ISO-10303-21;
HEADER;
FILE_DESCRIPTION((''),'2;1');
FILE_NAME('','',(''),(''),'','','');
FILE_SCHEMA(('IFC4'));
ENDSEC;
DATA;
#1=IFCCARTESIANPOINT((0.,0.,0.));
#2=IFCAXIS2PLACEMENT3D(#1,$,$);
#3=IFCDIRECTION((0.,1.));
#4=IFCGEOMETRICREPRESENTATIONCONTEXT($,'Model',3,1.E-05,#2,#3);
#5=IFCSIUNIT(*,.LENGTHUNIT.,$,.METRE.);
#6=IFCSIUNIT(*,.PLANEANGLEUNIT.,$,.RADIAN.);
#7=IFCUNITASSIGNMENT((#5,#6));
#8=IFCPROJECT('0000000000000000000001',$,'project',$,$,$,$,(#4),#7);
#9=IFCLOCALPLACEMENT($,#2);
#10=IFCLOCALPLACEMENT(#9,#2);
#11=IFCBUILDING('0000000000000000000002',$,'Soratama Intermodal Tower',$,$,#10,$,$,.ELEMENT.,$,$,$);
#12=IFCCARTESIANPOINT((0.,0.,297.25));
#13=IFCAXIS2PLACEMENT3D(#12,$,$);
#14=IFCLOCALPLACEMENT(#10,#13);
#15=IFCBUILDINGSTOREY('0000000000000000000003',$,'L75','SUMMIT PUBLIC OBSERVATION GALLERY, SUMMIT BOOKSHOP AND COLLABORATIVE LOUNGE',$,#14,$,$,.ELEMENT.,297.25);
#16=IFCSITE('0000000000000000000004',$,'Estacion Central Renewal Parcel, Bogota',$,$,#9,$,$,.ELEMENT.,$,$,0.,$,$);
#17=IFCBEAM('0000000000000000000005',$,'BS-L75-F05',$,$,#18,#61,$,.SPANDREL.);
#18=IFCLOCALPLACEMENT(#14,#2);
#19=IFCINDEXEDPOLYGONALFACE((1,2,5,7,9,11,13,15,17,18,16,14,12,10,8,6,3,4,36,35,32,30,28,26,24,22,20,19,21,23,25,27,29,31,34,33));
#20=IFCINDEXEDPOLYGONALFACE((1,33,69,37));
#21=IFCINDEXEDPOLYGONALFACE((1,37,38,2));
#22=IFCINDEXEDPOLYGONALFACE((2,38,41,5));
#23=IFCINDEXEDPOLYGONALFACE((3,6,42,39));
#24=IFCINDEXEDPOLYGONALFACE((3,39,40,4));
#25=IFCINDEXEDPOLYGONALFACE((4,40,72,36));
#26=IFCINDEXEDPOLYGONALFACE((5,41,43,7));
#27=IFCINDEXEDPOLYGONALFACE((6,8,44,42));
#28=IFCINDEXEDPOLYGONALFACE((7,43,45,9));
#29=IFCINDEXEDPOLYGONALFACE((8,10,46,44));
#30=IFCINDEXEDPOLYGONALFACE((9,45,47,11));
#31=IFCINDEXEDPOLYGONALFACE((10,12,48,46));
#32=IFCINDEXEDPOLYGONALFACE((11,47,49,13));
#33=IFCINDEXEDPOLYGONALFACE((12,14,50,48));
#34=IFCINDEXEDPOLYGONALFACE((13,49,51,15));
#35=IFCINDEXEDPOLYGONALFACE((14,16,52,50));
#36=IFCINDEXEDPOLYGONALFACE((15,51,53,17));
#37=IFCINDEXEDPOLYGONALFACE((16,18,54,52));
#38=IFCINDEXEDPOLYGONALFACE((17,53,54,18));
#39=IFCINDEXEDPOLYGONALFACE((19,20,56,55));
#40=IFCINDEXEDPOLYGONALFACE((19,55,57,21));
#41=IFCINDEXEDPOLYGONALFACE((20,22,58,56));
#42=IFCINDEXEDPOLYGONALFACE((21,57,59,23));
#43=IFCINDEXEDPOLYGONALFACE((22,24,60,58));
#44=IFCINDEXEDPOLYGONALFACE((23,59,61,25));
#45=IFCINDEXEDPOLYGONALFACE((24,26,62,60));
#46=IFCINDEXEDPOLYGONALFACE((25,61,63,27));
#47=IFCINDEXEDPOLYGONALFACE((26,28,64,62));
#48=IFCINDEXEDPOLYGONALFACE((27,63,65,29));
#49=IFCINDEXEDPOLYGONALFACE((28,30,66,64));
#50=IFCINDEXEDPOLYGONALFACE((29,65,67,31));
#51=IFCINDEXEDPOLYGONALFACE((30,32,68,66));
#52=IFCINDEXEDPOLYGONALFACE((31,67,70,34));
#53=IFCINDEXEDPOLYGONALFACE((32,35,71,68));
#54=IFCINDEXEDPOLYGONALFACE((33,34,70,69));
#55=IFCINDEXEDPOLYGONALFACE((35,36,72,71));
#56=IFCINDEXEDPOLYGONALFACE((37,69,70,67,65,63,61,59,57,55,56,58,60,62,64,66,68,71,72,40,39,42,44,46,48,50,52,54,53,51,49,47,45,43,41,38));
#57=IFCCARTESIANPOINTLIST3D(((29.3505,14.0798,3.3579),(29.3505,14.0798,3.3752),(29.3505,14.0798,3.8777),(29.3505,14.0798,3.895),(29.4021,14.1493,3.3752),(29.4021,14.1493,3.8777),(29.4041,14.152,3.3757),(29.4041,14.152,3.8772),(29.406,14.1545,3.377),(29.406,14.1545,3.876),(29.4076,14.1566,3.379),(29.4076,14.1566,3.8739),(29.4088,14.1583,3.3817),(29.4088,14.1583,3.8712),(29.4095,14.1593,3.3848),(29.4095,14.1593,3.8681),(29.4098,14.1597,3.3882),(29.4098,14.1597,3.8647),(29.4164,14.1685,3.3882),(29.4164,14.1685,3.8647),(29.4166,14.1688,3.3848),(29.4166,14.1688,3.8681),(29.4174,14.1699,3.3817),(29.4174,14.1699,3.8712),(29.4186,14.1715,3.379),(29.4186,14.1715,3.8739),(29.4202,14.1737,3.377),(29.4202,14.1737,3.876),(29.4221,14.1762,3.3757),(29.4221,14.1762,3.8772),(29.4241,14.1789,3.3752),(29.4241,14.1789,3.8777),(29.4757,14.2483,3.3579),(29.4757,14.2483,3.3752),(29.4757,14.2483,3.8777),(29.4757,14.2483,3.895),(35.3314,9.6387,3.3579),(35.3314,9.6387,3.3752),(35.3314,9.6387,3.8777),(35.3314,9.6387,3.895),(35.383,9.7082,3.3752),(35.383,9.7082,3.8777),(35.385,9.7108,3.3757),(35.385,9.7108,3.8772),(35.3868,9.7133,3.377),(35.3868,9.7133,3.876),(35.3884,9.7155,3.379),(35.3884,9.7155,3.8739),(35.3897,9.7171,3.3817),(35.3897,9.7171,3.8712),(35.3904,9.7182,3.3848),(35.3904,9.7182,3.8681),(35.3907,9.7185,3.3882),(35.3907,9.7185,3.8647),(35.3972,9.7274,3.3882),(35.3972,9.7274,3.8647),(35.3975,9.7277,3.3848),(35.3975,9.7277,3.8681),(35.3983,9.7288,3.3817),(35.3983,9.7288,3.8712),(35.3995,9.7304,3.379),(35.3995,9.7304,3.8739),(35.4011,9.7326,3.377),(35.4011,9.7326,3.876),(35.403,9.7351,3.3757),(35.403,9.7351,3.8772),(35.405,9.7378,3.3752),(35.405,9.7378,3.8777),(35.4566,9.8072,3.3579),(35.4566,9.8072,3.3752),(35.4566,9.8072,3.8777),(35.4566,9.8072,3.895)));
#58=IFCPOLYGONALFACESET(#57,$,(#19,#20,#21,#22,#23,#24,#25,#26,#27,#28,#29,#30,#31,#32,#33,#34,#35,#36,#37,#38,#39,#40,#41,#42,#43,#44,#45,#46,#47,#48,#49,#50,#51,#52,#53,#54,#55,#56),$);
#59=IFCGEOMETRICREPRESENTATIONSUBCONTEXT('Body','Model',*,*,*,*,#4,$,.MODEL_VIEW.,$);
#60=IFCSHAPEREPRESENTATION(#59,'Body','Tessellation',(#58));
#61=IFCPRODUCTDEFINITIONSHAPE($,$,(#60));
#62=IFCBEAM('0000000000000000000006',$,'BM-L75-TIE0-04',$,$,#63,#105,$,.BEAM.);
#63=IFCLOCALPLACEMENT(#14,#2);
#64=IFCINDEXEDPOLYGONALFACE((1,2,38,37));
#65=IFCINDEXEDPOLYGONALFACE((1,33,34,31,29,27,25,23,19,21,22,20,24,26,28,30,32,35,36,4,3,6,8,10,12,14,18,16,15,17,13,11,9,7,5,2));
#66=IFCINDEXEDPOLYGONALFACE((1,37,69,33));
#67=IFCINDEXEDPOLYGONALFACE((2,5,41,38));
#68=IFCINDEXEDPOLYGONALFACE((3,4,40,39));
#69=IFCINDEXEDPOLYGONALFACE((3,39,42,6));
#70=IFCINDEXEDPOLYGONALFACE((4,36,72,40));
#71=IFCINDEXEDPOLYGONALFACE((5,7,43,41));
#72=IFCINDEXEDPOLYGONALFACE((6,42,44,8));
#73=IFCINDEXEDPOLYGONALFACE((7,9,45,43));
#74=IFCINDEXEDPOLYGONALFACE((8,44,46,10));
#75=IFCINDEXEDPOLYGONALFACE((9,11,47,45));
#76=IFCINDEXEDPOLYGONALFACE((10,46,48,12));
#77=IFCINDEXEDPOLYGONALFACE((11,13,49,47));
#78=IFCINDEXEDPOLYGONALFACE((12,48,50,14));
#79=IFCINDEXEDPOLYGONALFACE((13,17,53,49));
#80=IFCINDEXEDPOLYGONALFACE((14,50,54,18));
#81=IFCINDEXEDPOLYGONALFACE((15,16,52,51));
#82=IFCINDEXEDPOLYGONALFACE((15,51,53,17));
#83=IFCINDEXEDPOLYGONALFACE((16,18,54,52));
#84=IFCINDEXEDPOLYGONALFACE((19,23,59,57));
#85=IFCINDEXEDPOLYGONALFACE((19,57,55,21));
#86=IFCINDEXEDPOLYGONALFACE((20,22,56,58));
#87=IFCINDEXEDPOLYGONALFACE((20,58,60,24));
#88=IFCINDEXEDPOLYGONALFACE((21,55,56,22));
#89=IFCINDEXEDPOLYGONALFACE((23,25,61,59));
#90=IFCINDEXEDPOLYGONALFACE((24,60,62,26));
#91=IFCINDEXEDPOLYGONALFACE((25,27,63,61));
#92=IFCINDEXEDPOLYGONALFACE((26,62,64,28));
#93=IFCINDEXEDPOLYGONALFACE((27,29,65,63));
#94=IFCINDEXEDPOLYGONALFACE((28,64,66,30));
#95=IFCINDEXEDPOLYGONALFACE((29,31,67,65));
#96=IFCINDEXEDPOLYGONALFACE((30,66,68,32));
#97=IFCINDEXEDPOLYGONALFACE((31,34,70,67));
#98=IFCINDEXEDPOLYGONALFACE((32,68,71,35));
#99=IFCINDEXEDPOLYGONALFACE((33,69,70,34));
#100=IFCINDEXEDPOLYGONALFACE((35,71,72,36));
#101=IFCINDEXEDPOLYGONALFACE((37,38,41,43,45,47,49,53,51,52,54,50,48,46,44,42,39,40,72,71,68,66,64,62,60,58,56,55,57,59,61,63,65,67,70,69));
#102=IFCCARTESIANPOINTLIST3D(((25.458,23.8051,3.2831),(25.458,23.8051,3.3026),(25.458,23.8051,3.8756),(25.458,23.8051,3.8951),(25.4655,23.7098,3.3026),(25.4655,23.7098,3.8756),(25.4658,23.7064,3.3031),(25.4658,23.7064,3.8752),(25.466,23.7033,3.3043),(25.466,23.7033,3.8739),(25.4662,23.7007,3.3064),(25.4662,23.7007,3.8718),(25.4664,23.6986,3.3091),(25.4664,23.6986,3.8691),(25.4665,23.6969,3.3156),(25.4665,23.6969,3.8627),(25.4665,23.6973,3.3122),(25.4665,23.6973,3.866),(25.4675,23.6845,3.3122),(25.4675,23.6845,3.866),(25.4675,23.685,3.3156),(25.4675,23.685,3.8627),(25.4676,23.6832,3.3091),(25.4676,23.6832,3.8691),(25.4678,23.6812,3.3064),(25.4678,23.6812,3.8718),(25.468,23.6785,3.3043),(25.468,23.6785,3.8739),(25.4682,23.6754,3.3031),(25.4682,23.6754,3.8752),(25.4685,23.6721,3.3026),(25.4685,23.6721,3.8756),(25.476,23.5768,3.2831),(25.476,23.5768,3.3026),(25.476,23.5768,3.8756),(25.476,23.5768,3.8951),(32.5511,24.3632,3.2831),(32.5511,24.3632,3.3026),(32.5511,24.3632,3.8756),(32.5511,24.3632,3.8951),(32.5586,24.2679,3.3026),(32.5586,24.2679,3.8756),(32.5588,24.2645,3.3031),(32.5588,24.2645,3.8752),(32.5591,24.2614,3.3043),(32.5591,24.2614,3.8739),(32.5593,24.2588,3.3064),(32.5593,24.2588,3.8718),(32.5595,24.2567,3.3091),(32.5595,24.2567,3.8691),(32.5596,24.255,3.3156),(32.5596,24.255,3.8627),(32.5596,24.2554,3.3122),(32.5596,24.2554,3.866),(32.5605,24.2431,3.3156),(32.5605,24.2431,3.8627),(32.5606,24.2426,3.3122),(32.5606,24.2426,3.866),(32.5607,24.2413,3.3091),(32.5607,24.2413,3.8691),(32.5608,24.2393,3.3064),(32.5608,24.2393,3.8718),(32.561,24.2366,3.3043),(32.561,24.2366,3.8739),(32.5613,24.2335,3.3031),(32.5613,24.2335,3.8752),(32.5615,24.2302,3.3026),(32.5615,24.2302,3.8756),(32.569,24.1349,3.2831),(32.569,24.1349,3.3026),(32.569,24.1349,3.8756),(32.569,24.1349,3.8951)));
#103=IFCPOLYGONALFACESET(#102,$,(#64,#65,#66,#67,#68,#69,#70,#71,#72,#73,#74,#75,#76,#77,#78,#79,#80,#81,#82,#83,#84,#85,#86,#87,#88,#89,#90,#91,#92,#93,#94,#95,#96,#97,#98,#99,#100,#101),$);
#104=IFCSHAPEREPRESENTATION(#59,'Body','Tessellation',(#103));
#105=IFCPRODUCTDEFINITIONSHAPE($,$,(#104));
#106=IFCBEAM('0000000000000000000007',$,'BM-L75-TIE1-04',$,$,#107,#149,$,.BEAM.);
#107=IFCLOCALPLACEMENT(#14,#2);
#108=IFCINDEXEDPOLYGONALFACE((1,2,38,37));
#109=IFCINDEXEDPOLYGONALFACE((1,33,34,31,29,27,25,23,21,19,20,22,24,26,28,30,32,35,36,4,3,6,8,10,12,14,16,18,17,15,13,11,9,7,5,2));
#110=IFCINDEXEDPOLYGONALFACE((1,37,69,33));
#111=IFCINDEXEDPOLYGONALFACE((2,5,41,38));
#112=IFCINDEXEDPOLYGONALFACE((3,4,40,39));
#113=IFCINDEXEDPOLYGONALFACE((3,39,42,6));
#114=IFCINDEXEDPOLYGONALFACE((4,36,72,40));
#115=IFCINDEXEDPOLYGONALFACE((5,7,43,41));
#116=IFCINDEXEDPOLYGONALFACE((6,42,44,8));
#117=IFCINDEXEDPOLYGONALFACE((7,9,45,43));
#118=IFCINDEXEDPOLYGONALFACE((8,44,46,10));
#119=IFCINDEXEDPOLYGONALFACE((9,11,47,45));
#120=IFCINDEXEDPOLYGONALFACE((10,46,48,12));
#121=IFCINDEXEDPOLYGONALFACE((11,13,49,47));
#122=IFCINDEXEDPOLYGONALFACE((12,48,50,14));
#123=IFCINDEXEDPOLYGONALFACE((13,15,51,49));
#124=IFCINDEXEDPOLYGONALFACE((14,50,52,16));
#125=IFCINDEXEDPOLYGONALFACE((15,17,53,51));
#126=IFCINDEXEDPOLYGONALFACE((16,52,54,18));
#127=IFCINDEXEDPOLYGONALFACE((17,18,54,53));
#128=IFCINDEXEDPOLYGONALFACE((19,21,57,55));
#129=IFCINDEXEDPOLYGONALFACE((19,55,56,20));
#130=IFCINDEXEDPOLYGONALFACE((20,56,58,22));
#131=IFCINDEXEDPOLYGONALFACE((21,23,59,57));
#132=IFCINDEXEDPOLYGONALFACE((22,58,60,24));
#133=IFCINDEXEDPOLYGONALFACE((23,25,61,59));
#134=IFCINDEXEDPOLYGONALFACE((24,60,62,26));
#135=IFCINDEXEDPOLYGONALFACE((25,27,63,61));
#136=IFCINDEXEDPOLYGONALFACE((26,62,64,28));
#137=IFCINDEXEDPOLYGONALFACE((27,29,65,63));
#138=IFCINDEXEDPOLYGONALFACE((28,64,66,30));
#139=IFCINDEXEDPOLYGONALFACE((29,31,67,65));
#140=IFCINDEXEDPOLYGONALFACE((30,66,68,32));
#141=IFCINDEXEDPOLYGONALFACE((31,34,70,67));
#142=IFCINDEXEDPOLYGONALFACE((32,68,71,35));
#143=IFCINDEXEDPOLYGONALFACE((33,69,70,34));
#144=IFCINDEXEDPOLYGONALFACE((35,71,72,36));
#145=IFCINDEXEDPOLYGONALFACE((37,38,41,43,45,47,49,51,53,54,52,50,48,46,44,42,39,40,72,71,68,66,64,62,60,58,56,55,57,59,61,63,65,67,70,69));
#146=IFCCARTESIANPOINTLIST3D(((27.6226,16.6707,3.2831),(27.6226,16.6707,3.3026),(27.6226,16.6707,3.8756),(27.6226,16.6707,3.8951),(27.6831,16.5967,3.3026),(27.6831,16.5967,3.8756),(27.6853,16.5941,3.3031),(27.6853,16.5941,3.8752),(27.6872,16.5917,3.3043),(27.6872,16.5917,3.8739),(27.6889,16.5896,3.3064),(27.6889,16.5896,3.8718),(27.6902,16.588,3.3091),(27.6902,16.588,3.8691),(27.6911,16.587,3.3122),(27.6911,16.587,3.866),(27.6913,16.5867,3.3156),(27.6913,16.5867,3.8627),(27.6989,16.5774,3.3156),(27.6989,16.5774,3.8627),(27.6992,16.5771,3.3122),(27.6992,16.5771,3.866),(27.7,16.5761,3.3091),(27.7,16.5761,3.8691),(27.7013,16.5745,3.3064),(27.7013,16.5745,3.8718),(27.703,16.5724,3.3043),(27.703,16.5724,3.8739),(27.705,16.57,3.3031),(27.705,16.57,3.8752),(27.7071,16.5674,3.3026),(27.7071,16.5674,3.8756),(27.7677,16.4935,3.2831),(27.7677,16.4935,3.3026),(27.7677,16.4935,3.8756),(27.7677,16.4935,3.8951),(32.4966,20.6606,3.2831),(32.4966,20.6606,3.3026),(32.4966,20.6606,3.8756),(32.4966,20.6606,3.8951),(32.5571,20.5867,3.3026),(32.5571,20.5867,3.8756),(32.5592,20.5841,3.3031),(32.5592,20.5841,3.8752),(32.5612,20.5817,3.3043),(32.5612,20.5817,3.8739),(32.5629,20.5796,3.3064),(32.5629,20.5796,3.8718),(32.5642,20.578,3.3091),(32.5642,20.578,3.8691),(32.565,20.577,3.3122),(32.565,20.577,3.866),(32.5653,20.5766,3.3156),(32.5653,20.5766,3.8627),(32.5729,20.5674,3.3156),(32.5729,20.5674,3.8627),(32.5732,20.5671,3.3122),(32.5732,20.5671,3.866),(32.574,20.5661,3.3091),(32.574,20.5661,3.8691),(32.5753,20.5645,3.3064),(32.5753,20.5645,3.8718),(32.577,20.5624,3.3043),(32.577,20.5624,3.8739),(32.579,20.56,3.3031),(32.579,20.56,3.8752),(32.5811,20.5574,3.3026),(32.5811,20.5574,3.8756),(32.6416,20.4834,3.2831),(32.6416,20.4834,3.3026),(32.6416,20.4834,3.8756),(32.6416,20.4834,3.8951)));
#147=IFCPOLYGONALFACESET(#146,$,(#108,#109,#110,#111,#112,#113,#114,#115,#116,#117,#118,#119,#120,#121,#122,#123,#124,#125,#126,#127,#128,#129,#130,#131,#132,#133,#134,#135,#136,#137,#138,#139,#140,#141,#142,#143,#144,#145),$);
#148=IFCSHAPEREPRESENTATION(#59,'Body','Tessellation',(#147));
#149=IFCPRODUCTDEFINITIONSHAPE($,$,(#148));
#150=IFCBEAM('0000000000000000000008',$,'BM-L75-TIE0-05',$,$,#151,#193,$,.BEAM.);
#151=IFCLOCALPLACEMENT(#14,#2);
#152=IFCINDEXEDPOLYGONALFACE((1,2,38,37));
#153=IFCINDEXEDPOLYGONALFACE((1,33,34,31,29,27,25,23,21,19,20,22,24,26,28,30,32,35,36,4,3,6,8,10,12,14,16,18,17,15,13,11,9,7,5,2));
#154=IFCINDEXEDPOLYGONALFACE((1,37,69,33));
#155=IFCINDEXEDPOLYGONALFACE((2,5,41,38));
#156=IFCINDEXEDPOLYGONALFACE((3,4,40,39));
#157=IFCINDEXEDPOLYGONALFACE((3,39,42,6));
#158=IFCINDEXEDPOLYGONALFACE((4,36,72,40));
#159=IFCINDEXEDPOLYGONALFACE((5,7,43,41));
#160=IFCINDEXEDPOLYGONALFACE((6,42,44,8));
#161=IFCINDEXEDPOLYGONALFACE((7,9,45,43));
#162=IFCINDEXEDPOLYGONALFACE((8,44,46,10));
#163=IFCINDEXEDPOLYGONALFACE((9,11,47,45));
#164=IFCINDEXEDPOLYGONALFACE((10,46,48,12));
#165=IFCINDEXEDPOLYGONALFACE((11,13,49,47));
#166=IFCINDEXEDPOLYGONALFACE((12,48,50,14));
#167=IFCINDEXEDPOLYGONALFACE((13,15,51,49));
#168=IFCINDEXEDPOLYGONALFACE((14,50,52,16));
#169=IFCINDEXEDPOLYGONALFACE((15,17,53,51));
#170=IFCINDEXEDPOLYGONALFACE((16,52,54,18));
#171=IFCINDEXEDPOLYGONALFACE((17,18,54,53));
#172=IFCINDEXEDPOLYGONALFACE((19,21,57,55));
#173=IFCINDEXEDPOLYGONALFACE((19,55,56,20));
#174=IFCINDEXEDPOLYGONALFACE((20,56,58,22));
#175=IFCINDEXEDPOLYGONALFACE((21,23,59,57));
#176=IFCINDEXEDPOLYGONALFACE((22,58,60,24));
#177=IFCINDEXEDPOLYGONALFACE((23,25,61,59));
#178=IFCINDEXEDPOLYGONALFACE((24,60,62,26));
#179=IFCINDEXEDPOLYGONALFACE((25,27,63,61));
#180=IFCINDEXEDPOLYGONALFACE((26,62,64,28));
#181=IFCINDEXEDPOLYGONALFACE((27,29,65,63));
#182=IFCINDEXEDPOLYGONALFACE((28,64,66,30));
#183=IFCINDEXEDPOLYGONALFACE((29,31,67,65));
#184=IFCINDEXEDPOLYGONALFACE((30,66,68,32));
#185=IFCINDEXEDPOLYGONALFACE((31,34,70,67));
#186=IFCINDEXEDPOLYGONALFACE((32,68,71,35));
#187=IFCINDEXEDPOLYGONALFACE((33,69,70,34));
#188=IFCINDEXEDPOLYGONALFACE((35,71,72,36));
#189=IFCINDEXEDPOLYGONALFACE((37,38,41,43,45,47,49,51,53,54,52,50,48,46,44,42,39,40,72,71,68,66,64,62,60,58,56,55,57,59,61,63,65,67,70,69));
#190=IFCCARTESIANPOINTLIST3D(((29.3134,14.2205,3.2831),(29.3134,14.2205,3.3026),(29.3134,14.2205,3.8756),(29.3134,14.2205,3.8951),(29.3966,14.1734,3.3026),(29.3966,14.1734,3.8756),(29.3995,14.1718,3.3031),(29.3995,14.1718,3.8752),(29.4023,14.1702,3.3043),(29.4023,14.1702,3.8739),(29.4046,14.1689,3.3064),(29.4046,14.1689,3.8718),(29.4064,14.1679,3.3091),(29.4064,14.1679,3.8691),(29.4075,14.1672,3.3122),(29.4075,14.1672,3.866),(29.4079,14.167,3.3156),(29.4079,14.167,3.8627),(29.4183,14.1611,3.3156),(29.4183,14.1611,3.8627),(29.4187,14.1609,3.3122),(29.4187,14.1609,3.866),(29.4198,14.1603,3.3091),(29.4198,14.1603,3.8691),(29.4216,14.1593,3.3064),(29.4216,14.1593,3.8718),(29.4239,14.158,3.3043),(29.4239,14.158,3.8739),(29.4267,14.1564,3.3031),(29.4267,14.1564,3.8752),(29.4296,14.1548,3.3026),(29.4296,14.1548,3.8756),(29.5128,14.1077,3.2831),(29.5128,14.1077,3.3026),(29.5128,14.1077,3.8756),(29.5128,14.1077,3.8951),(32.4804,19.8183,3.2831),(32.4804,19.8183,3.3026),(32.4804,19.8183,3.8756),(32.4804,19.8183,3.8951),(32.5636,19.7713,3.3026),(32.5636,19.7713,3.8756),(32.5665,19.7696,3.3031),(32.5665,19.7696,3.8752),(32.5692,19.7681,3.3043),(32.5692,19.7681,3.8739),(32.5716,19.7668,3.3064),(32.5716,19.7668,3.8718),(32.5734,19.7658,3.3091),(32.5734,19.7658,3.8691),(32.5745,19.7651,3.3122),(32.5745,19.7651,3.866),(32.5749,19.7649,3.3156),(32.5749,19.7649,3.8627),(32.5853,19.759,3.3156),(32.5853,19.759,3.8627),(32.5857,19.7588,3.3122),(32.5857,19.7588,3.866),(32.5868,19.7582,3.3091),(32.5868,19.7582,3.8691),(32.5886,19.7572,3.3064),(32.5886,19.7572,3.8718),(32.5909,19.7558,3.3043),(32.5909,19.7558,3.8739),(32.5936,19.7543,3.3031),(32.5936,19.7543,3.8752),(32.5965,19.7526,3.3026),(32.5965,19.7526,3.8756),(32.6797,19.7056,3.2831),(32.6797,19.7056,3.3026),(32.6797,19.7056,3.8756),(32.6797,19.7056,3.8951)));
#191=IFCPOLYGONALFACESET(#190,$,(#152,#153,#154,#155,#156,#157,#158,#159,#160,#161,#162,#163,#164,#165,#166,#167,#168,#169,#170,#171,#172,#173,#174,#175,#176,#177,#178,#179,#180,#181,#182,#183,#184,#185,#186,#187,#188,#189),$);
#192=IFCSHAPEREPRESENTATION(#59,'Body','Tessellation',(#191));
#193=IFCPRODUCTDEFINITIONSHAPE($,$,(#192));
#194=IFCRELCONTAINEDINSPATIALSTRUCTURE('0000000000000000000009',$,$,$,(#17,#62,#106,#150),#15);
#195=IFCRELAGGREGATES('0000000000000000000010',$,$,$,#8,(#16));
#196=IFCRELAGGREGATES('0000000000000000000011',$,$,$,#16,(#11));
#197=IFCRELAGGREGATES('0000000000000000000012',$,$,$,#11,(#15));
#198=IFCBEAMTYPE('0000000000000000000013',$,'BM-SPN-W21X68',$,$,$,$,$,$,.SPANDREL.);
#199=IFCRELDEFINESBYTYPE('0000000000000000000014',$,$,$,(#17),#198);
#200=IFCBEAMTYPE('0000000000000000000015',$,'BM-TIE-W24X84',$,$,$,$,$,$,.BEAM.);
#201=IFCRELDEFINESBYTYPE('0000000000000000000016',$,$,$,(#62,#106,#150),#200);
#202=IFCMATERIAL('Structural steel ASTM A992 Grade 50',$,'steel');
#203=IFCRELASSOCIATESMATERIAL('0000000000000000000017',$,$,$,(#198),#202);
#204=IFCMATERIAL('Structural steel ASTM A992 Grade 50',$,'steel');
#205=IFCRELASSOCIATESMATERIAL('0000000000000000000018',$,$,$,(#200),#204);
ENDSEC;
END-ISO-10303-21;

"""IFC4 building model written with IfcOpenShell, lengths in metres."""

from ifc_helpers import new_model, si_unit, direction, frame, origin, origin_2d, place, context, subcontext, project, spatial, i_section, extrude, material, material_profile, profile_set, type_object, element, save


model = new_model("IFC4")

# Units and contexts
model_context = context("Model", 3, precision=1e-05, world=origin(), true_north=direction((0.0, 1.0)))
body_context = subcontext(model_context, "Body", "Model", "MODEL_VIEW")
ifc_project = project(units=[si_unit("LENGTHUNIT", "METRE"), si_unit("PLANEANGLEUNIT", "RADIAN")], contexts=[model_context])

# Site, building, storey
site_placement = place(None, origin())
site = spatial("IfcSite", under=ifc_project, at=site_placement, Name="Estacion Central Renewal Parcel, Bogota", CompositionType="ELEMENT", RefElevation=0.0)
building_placement = place(site_placement, origin())
building = spatial("IfcBuilding", under=site, at=building_placement, Name="Soratama Intermodal Tower", CompositionType="ELEMENT")
storey_placement = place(building_placement, frame((0.0, 0.0, 297.25)))
storey = spatial("IfcBuildingStorey", under=building, at=storey_placement, Name="L75", Description="SUMMIT PUBLIC OBSERVATION GALLERY, SUMMIT BOOKSHOP AND COLLABORATIVE LOUNGE", CompositionType="ELEMENT", Elevation=297.25)

# Beams
ifc_material_1 = material(Name="Structural steel ASTM A992 Grade 50", Category="steel")
ifc_material_profile_1 = material_profile(ifc_material_1, i_section(OverallWidth=0.21, OverallDepth=0.5371, WebThickness=0.011, FlangeThickness=0.0173, FilletRadius=0.0129, at=origin_2d()), Name="W21X68")
ifc_profile_set_1 = profile_set([ifc_material_profile_1], Name="Structural steel ASTM A992 Grade 50")
beam_type_1 = type_object("IfcBeamType", Name="BM-SPN-W21X68", PredefinedType="SPANDREL", material=ifc_profile_set_1)
beam_1_placement = place(storey_placement, frame((29.4131, 14.1641, 3.6265), z_axis=(0.802862, -0.596165, 0.0), x_axis=(0.596165, 0.802862, 0.0)))
element("IfcBeam", 1, at=beam_1_placement, inside=storey, type_object=beam_type_1, Name="BS-L75-F05", PredefinedType="SPANDREL", context=body_context, shape_type="SweptSolid", body=[
    extrude(i_section(OverallWidth=0.21, OverallDepth=0.5371, WebThickness=0.011, FlangeThickness=0.0173, FilletRadius=0.0129, at=origin_2d()), origin(), (0.0, 0.0, 1.0), 7.4495),
])
ifc_material_2 = material(Name="Structural steel ASTM A992 Grade 50", Category="steel")
ifc_material_profile_2 = material_profile(ifc_material_2, i_section(OverallWidth=0.229, OverallDepth=0.6121, WebThickness=0.012, FlangeThickness=0.0195, FilletRadius=0.0129, at=origin_2d()), Name="W24X84")
ifc_profile_set_2 = profile_set([ifc_material_profile_2], Name="Structural steel ASTM A992 Grade 50")
beam_type_2 = type_object("IfcBeamType", Name="BM-TIE-W24X84", PredefinedType="BEAM", material=ifc_profile_set_2)
beam_2_placement = place(storey_placement, frame((32.5601, 24.249, 3.5891), z_axis=(-0.996919, -0.078441, 0.0), x_axis=(0.078441, -0.996919, 0.0)))
element("IfcBeam", 2, at=beam_2_placement, inside=storey, type_object=beam_type_2, Name="BM-L75-TIE0-04", PredefinedType="BEAM", context=body_context, shape_type="SweptSolid", body=[
    extrude(i_section(OverallWidth=0.229, OverallDepth=0.6121, WebThickness=0.012, FlangeThickness=0.0195, FilletRadius=0.0129, at=origin_2d()), origin(), (0.0, 0.0, 1.0), 7.115),
])
beam_3_placement = place(storey_placement, frame((32.5691, 20.572, 3.5891), z_axis=(-0.77379, -0.633443, 0.0), x_axis=(0.633443, -0.77379, 0.0)))
element("IfcBeam", 3, at=beam_3_placement, inside=storey, type_object=beam_type_2, Name="BM-L75-TIE1-04", PredefinedType="BEAM", context=body_context, shape_type="SweptSolid", body=[
    extrude(i_section(OverallWidth=0.229, OverallDepth=0.6121, WebThickness=0.012, FlangeThickness=0.0195, FilletRadius=0.0129, at=origin_2d()), origin(), (0.0, 0.0, 1.0), 6.2988),
])
beam_4_placement = place(storey_placement, frame((32.5801, 19.762, 3.5891), z_axis=(-0.492406, -0.870366, 0.0), x_axis=(0.870366, -0.492406, 0.0)))
element("IfcBeam", 4, at=beam_4_placement, inside=storey, type_object=beam_type_2, Name="BM-L75-TIE0-05", PredefinedType="BEAM", context=body_context, shape_type="SweptSolid", body=[
    extrude(i_section(OverallWidth=0.229, OverallDepth=0.6121, WebThickness=0.012, FlangeThickness=0.0195, FilletRadius=0.0129, at=origin_2d()), origin(), (0.0, 0.0, 1.0), 6.4316),
])

save(model, "model.ifc")
